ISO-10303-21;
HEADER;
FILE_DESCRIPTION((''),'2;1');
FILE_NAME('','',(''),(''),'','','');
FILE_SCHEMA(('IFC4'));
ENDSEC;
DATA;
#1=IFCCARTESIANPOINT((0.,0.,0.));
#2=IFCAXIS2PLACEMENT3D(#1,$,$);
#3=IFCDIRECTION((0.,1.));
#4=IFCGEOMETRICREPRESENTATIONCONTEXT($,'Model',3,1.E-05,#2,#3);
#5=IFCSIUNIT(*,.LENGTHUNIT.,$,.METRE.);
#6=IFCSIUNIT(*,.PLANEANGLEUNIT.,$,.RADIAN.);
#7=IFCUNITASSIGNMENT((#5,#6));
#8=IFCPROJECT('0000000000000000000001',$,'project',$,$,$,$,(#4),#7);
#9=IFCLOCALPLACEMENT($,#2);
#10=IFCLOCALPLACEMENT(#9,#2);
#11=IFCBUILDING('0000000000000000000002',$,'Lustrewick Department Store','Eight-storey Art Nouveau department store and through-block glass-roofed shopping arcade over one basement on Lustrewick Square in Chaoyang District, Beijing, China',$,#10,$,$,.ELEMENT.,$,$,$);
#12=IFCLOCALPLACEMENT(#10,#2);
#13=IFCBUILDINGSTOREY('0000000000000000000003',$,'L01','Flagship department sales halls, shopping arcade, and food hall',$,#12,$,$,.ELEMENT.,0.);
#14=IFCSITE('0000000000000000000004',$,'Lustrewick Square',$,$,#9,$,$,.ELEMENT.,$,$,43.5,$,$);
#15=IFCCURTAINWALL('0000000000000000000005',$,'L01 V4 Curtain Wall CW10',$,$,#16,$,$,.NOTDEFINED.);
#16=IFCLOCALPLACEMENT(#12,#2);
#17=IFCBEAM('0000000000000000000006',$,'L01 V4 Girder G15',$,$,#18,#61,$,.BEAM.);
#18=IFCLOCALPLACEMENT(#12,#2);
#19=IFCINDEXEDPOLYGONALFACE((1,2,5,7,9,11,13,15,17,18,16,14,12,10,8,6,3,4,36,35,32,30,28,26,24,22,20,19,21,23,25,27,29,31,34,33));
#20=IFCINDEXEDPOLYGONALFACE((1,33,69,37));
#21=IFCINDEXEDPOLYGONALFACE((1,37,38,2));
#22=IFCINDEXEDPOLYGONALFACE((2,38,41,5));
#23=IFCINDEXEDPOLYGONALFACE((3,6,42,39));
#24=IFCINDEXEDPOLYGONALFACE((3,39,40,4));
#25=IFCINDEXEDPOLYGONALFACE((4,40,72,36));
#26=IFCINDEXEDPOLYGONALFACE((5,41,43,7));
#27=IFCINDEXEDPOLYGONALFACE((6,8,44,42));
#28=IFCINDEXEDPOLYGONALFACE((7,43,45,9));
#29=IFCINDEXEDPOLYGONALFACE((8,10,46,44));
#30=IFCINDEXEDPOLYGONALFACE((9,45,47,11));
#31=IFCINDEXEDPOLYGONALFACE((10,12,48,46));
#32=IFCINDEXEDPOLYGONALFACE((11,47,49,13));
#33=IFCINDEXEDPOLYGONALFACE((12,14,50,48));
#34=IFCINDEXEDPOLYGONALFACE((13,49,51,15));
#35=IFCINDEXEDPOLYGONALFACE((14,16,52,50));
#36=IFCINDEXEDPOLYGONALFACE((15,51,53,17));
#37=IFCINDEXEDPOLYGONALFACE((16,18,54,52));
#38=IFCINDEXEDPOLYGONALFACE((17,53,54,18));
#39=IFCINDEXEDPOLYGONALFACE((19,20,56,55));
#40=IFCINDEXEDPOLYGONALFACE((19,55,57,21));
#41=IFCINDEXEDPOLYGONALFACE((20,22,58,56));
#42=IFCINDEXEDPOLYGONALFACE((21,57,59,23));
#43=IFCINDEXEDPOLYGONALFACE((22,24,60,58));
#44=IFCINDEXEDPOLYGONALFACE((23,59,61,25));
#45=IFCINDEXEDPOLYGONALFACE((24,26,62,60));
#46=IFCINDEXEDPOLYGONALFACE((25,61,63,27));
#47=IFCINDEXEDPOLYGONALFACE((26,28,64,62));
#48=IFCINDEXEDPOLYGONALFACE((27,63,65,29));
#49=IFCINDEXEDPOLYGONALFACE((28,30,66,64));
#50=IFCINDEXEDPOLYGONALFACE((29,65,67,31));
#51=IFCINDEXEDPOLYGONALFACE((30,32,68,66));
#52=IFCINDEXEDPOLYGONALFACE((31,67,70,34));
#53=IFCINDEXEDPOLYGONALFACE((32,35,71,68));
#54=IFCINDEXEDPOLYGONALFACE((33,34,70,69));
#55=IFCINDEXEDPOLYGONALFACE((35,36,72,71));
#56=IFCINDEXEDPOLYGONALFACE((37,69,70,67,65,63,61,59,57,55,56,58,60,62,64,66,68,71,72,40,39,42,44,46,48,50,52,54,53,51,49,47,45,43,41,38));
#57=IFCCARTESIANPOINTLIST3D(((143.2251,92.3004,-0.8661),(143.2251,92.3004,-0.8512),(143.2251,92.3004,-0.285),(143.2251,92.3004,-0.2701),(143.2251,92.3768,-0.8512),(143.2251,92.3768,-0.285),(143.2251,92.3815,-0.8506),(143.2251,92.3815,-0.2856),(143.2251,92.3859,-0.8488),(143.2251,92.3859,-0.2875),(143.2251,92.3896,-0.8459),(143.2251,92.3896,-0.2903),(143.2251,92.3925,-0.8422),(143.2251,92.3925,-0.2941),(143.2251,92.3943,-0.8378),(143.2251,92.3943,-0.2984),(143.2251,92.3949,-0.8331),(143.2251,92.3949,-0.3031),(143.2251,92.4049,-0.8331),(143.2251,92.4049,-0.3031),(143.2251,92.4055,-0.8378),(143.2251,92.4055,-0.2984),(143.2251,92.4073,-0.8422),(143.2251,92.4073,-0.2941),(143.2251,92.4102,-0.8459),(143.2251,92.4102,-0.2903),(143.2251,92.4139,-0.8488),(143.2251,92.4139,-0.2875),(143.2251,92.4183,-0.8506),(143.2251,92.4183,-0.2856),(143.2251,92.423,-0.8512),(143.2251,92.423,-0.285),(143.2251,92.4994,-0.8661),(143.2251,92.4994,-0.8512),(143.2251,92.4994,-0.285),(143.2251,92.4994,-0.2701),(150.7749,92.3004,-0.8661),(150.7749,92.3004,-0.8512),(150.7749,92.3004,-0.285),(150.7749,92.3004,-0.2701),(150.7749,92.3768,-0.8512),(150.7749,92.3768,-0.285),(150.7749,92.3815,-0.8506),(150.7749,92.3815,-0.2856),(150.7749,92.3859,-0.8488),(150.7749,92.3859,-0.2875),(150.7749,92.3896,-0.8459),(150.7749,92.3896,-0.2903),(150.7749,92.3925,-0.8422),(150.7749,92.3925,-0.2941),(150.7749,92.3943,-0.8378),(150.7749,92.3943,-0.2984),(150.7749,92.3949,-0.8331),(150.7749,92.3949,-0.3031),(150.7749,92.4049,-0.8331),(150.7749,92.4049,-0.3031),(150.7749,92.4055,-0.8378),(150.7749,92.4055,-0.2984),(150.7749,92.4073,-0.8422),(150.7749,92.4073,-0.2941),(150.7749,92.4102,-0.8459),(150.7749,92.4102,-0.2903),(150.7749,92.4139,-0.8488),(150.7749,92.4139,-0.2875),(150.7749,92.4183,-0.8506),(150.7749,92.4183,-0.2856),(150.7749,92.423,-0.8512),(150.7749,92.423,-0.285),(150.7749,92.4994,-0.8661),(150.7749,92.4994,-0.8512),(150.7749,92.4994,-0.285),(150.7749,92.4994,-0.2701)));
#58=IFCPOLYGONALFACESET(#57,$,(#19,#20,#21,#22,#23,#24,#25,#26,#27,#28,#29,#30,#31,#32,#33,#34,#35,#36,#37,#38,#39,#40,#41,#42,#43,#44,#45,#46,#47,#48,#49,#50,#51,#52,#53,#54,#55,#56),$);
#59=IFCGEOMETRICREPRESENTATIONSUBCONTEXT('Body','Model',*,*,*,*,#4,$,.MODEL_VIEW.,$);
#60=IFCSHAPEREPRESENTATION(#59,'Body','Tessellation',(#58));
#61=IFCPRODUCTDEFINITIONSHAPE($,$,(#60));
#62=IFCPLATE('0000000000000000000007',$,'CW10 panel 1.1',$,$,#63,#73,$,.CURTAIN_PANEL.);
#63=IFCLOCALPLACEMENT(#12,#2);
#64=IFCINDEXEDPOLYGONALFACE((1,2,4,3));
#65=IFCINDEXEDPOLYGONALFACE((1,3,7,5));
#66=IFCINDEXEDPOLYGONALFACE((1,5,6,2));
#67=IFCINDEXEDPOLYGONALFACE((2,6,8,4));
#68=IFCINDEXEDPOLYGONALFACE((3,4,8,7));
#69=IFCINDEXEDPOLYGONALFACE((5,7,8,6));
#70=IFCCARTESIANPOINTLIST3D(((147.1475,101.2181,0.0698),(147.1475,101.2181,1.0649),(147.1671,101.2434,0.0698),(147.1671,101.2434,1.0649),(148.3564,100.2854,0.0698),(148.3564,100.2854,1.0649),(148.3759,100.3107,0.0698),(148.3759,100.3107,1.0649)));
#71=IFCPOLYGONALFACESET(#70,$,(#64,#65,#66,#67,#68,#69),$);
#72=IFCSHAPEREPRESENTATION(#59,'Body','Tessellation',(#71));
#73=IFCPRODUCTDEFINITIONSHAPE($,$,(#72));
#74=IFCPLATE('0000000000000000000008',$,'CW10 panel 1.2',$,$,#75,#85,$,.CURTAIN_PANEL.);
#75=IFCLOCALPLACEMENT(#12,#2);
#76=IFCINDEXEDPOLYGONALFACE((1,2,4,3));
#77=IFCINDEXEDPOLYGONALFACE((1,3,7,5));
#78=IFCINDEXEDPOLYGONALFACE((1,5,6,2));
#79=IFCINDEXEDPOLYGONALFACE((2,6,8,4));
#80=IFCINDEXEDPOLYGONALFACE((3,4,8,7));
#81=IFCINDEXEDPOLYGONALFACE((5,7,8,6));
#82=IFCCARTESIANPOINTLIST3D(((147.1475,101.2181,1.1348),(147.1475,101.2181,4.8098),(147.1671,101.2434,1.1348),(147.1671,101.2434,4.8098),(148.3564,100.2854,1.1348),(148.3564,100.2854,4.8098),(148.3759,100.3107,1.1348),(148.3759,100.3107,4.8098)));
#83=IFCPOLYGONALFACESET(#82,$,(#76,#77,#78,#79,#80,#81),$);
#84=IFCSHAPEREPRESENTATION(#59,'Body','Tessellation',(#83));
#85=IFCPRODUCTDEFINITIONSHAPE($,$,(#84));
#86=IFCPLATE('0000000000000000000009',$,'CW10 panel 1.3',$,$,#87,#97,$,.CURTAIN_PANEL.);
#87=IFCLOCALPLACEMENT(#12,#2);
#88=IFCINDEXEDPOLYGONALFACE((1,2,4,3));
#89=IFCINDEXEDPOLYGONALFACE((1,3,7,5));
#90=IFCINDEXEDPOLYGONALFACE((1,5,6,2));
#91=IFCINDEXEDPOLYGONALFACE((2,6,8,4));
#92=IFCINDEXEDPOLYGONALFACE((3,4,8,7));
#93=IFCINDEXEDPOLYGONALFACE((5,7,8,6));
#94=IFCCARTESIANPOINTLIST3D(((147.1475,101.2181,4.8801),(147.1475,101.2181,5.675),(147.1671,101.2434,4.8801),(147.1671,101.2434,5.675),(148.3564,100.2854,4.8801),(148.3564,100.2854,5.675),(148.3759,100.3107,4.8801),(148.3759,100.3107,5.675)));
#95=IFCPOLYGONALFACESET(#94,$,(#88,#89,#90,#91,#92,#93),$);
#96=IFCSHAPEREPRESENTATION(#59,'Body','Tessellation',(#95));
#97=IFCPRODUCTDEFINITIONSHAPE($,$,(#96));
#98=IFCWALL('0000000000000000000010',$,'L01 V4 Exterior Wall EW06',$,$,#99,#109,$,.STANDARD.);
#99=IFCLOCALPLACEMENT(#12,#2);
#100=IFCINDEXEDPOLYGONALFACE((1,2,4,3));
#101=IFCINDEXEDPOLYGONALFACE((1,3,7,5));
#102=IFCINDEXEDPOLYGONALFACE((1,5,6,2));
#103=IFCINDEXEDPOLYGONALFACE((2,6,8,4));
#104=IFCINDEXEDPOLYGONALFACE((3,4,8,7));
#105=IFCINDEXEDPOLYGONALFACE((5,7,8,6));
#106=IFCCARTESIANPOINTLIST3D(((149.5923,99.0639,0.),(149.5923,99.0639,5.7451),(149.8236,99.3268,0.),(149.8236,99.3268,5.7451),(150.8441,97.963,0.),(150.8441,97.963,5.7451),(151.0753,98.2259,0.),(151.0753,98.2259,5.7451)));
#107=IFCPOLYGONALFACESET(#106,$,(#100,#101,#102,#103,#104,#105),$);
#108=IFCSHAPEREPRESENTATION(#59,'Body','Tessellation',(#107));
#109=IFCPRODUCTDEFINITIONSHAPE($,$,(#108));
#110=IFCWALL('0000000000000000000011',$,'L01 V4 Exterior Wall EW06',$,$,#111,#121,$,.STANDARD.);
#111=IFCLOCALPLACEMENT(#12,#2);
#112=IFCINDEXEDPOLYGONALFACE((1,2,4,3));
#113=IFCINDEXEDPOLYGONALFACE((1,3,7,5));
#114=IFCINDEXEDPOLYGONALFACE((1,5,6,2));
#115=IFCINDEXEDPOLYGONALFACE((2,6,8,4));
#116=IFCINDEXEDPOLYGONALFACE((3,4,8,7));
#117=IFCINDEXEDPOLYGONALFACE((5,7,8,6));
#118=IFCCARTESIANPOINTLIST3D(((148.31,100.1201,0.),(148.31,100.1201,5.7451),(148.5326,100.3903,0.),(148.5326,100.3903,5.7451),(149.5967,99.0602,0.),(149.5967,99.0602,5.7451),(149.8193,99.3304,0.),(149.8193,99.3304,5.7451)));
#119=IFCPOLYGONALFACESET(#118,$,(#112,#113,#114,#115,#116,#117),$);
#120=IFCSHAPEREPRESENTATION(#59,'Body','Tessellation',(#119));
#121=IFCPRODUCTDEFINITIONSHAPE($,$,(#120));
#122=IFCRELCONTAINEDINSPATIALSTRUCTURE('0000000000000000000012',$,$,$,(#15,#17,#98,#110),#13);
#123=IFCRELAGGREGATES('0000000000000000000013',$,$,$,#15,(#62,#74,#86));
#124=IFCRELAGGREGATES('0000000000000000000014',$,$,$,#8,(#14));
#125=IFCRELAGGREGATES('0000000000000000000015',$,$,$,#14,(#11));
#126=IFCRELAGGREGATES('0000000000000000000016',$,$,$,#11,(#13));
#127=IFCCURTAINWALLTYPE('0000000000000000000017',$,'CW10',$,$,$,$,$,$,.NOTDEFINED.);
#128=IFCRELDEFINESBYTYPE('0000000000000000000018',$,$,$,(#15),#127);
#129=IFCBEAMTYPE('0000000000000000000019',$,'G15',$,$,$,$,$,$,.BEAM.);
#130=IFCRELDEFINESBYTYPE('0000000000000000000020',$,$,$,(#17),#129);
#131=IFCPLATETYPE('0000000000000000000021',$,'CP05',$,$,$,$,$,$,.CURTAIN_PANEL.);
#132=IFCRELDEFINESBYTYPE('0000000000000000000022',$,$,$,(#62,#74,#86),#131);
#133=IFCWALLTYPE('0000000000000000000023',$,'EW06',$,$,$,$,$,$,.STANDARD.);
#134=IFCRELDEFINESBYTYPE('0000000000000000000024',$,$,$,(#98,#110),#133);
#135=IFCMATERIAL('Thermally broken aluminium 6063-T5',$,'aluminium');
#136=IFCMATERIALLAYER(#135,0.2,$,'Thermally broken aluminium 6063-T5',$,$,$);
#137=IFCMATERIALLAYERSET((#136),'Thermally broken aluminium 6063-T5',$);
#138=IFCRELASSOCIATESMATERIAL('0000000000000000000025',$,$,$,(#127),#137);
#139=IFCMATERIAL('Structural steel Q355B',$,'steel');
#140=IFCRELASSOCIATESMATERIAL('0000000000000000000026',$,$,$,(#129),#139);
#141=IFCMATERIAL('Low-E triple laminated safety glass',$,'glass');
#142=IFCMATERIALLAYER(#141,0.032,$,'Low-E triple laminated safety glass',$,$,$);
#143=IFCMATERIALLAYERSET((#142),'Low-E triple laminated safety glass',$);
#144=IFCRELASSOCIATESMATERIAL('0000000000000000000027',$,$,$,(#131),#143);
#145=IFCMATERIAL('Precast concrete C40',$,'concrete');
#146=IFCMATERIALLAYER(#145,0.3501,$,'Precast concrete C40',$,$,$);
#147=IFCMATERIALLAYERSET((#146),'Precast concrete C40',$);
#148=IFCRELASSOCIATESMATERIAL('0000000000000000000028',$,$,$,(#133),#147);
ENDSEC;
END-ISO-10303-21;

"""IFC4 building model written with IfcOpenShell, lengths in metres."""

from ifc_helpers import new_model, si_unit, direction, frame, frame_2d, origin, origin_2d, place, context, subcontext, project, spatial, rectangle, i_section, extrude, material, layer, layer_set, material_profile, profile_set, type_object, element, aggregate, save


model = new_model("IFC4")

# Units and contexts
model_context = context("Model", 3, precision=1e-05, world=origin(), true_north=direction((0.0, 1.0)))
body_context = subcontext(model_context, "Body", "Model", "MODEL_VIEW")
ifc_project = project(units=[si_unit("LENGTHUNIT", "METRE"), si_unit("PLANEANGLEUNIT", "RADIAN")], contexts=[model_context])

# Site, building, storey
site_placement = place(None, origin())
site = spatial("IfcSite", under=ifc_project, at=site_placement, Name="Lustrewick Square", CompositionType="ELEMENT", RefElevation=43.5)
building_placement = place(site_placement, origin())
building = spatial("IfcBuilding", under=site, at=building_placement, Name="Lustrewick Department Store", Description="Eight-storey Art Nouveau department store and through-block glass-roofed shopping arcade over one basement on Lustrewick Square in Chaoyang District, Beijing, China", CompositionType="ELEMENT")
storey_placement = place(building_placement, origin())
storey = spatial("IfcBuildingStorey", under=building, at=storey_placement, Name="L01", Description="Flagship department sales halls, shopping arcade, and food hall", CompositionType="ELEMENT", Elevation=0.0)

# Shared definitions
ifc_material_1 = material(Name="Structural steel Q355B", Category="steel")

# Shared definitions
ifc_material_2 = material(Name="Thermally broken aluminium 6063-T5", Category="aluminium")

# Curtain wall
ifc_layer_1 = layer(ifc_material_2, 0.2, Name="Thermally broken aluminium 6063-T5")
ifc_layer_set_1 = layer_set([ifc_layer_1], Name="Thermally broken aluminium 6063-T5")
curtain_wall_type_1 = type_object("IfcCurtainWallType", Name="CW10", PredefinedType="NOTDEFINED", material=ifc_layer_set_1)
curtain_wall_1_placement = place(storey_placement, origin())
curtain_wall_1 = element("IfcCurtainWall", 1, at=curtain_wall_1_placement, inside=storey, type_object=curtain_wall_type_1, Name="L01 V4 Curtain Wall CW10", PredefinedType="NOTDEFINED")

# Beam
ifc_material_profile_1 = material_profile(ifc_material_1, i_section(OverallWidth=0.199, OverallDepth=0.5959, WebThickness=0.01, FlangeThickness=0.0149, FilletRadius=0.0181, at=origin_2d()), Name="HN 596x199x10x15")
ifc_profile_set_1 = profile_set([ifc_material_profile_1], Name="Structural steel Q355B")
beam_type_1 = type_object("IfcBeamType", Name="G15", PredefinedType="BEAM", material=ifc_profile_set_1)
beam_1_placement = place(storey_placement, frame((143.2251, 92.3999, -0.5681), z_axis=(1.0, 0.0, 0.0), x_axis=(0.0, 1.0, 0.0)))
element("IfcBeam", 2, at=beam_1_placement, inside=storey, type_object=beam_type_1, Name="L01 V4 Girder G15", PredefinedType="BEAM", context=body_context, shape_type="SweptSolid", body=[
    extrude(i_section(OverallWidth=0.199, OverallDepth=0.5959, WebThickness=0.01, FlangeThickness=0.0149, FilletRadius=0.0181, at=origin_2d()), origin(), (0.0, 0.0, 1.0), 7.5498),
])

# Plates
ifc_material_3 = material(Name="Low-E triple laminated safety glass", Category="glass")
ifc_layer_2 = layer(ifc_material_3, 0.032, Name="Low-E triple laminated safety glass")
ifc_layer_set_2 = layer_set([ifc_layer_2], Name="Low-E triple laminated safety glass")
plate_type = type_object("IfcPlateType", Name="CP05", PredefinedType="CURTAIN_PANEL", material=ifc_layer_set_2)
plate_1_placement = place(storey_placement, frame((147.7617, 100.7644, 0.0698), z_axis=(0.0, 0.0, 1.0), x_axis=(-0.791733, 0.610867, 0.0)))
plate_1 = element("IfcPlate", 3, at=plate_1_placement, type_object=plate_type, Name="CW10 panel 1.1", PredefinedType="CURTAIN_PANEL", context=body_context, shape_type="SweptSolid", body=[
    extrude(rectangle(XDim=1.5269, YDim=0.032, at=origin_2d()), origin(), (0.0, 0.0, 1.0), 0.9951),
])
plate_2_placement = place(storey_placement, frame((147.7617, 100.7644, 1.1348), z_axis=(0.0, 0.0, 1.0), x_axis=(-0.791733, 0.610867, 0.0)))
plate_2 = element("IfcPlate", 4, at=plate_2_placement, type_object=plate_type, Name="CW10 panel 1.2", PredefinedType="CURTAIN_PANEL", context=body_context, shape_type="SweptSolid", body=[
    extrude(rectangle(XDim=1.5269, YDim=0.032, at=origin_2d()), origin(), (0.0, 0.0, 1.0), 3.675),
])
plate_3_placement = place(storey_placement, frame((147.7617, 100.7644, 4.8801), z_axis=(0.0, 0.0, 1.0), x_axis=(-0.791733, 0.610867, 0.0)))
plate_3 = element("IfcPlate", 5, at=plate_3_placement, type_object=plate_type, Name="CW10 panel 1.3", PredefinedType="CURTAIN_PANEL", context=body_context, shape_type="SweptSolid", body=[
    extrude(rectangle(XDim=1.5269, YDim=0.032, at=origin_2d()), origin(), (0.0, 0.0, 1.0), 0.7949),
])
aggregate(curtain_wall_1, [plate_1, plate_2, plate_3])

# Walls
ifc_material_4 = material(Name="Precast concrete C40", Category="concrete")
ifc_layer_3 = layer(ifc_material_4, 0.3501, Name="Precast concrete C40")
ifc_layer_set_3 = layer_set([ifc_layer_3], Name="Precast concrete C40")
wall_type = type_object("IfcWallType", Name="EW06", PredefinedType="STANDARD", material=ifc_layer_set_3)
for number, where, z_axis, x_axis, name in (
    (6, (150.9597, 98.0945, 0.0), (0.0, 0.0, 1.0), (-0.750914, 0.6604, 0.0), "L01 V4 Exterior Wall EW06"),
    (7, (149.708, 99.1953, 0.0), (0.0, 0.0, 1.0), (-0.771858, 0.635795, 0.0), "L01 V4 Exterior Wall EW06"),
):
    element("IfcWall", number, at=place(storey_placement, frame(where, z_axis=z_axis, x_axis=x_axis)), inside=storey, type_object=wall_type, Name=name, PredefinedType="STANDARD", context=body_context, shape_type="SweptSolid", body=[
        extrude(rectangle(XDim=1.667, YDim=0.3501, at=frame_2d((0.8335, 0.0))), origin(), (0.0, 0.0, 1.0), 5.7451),
    ])

save(model, "model.ifc")
